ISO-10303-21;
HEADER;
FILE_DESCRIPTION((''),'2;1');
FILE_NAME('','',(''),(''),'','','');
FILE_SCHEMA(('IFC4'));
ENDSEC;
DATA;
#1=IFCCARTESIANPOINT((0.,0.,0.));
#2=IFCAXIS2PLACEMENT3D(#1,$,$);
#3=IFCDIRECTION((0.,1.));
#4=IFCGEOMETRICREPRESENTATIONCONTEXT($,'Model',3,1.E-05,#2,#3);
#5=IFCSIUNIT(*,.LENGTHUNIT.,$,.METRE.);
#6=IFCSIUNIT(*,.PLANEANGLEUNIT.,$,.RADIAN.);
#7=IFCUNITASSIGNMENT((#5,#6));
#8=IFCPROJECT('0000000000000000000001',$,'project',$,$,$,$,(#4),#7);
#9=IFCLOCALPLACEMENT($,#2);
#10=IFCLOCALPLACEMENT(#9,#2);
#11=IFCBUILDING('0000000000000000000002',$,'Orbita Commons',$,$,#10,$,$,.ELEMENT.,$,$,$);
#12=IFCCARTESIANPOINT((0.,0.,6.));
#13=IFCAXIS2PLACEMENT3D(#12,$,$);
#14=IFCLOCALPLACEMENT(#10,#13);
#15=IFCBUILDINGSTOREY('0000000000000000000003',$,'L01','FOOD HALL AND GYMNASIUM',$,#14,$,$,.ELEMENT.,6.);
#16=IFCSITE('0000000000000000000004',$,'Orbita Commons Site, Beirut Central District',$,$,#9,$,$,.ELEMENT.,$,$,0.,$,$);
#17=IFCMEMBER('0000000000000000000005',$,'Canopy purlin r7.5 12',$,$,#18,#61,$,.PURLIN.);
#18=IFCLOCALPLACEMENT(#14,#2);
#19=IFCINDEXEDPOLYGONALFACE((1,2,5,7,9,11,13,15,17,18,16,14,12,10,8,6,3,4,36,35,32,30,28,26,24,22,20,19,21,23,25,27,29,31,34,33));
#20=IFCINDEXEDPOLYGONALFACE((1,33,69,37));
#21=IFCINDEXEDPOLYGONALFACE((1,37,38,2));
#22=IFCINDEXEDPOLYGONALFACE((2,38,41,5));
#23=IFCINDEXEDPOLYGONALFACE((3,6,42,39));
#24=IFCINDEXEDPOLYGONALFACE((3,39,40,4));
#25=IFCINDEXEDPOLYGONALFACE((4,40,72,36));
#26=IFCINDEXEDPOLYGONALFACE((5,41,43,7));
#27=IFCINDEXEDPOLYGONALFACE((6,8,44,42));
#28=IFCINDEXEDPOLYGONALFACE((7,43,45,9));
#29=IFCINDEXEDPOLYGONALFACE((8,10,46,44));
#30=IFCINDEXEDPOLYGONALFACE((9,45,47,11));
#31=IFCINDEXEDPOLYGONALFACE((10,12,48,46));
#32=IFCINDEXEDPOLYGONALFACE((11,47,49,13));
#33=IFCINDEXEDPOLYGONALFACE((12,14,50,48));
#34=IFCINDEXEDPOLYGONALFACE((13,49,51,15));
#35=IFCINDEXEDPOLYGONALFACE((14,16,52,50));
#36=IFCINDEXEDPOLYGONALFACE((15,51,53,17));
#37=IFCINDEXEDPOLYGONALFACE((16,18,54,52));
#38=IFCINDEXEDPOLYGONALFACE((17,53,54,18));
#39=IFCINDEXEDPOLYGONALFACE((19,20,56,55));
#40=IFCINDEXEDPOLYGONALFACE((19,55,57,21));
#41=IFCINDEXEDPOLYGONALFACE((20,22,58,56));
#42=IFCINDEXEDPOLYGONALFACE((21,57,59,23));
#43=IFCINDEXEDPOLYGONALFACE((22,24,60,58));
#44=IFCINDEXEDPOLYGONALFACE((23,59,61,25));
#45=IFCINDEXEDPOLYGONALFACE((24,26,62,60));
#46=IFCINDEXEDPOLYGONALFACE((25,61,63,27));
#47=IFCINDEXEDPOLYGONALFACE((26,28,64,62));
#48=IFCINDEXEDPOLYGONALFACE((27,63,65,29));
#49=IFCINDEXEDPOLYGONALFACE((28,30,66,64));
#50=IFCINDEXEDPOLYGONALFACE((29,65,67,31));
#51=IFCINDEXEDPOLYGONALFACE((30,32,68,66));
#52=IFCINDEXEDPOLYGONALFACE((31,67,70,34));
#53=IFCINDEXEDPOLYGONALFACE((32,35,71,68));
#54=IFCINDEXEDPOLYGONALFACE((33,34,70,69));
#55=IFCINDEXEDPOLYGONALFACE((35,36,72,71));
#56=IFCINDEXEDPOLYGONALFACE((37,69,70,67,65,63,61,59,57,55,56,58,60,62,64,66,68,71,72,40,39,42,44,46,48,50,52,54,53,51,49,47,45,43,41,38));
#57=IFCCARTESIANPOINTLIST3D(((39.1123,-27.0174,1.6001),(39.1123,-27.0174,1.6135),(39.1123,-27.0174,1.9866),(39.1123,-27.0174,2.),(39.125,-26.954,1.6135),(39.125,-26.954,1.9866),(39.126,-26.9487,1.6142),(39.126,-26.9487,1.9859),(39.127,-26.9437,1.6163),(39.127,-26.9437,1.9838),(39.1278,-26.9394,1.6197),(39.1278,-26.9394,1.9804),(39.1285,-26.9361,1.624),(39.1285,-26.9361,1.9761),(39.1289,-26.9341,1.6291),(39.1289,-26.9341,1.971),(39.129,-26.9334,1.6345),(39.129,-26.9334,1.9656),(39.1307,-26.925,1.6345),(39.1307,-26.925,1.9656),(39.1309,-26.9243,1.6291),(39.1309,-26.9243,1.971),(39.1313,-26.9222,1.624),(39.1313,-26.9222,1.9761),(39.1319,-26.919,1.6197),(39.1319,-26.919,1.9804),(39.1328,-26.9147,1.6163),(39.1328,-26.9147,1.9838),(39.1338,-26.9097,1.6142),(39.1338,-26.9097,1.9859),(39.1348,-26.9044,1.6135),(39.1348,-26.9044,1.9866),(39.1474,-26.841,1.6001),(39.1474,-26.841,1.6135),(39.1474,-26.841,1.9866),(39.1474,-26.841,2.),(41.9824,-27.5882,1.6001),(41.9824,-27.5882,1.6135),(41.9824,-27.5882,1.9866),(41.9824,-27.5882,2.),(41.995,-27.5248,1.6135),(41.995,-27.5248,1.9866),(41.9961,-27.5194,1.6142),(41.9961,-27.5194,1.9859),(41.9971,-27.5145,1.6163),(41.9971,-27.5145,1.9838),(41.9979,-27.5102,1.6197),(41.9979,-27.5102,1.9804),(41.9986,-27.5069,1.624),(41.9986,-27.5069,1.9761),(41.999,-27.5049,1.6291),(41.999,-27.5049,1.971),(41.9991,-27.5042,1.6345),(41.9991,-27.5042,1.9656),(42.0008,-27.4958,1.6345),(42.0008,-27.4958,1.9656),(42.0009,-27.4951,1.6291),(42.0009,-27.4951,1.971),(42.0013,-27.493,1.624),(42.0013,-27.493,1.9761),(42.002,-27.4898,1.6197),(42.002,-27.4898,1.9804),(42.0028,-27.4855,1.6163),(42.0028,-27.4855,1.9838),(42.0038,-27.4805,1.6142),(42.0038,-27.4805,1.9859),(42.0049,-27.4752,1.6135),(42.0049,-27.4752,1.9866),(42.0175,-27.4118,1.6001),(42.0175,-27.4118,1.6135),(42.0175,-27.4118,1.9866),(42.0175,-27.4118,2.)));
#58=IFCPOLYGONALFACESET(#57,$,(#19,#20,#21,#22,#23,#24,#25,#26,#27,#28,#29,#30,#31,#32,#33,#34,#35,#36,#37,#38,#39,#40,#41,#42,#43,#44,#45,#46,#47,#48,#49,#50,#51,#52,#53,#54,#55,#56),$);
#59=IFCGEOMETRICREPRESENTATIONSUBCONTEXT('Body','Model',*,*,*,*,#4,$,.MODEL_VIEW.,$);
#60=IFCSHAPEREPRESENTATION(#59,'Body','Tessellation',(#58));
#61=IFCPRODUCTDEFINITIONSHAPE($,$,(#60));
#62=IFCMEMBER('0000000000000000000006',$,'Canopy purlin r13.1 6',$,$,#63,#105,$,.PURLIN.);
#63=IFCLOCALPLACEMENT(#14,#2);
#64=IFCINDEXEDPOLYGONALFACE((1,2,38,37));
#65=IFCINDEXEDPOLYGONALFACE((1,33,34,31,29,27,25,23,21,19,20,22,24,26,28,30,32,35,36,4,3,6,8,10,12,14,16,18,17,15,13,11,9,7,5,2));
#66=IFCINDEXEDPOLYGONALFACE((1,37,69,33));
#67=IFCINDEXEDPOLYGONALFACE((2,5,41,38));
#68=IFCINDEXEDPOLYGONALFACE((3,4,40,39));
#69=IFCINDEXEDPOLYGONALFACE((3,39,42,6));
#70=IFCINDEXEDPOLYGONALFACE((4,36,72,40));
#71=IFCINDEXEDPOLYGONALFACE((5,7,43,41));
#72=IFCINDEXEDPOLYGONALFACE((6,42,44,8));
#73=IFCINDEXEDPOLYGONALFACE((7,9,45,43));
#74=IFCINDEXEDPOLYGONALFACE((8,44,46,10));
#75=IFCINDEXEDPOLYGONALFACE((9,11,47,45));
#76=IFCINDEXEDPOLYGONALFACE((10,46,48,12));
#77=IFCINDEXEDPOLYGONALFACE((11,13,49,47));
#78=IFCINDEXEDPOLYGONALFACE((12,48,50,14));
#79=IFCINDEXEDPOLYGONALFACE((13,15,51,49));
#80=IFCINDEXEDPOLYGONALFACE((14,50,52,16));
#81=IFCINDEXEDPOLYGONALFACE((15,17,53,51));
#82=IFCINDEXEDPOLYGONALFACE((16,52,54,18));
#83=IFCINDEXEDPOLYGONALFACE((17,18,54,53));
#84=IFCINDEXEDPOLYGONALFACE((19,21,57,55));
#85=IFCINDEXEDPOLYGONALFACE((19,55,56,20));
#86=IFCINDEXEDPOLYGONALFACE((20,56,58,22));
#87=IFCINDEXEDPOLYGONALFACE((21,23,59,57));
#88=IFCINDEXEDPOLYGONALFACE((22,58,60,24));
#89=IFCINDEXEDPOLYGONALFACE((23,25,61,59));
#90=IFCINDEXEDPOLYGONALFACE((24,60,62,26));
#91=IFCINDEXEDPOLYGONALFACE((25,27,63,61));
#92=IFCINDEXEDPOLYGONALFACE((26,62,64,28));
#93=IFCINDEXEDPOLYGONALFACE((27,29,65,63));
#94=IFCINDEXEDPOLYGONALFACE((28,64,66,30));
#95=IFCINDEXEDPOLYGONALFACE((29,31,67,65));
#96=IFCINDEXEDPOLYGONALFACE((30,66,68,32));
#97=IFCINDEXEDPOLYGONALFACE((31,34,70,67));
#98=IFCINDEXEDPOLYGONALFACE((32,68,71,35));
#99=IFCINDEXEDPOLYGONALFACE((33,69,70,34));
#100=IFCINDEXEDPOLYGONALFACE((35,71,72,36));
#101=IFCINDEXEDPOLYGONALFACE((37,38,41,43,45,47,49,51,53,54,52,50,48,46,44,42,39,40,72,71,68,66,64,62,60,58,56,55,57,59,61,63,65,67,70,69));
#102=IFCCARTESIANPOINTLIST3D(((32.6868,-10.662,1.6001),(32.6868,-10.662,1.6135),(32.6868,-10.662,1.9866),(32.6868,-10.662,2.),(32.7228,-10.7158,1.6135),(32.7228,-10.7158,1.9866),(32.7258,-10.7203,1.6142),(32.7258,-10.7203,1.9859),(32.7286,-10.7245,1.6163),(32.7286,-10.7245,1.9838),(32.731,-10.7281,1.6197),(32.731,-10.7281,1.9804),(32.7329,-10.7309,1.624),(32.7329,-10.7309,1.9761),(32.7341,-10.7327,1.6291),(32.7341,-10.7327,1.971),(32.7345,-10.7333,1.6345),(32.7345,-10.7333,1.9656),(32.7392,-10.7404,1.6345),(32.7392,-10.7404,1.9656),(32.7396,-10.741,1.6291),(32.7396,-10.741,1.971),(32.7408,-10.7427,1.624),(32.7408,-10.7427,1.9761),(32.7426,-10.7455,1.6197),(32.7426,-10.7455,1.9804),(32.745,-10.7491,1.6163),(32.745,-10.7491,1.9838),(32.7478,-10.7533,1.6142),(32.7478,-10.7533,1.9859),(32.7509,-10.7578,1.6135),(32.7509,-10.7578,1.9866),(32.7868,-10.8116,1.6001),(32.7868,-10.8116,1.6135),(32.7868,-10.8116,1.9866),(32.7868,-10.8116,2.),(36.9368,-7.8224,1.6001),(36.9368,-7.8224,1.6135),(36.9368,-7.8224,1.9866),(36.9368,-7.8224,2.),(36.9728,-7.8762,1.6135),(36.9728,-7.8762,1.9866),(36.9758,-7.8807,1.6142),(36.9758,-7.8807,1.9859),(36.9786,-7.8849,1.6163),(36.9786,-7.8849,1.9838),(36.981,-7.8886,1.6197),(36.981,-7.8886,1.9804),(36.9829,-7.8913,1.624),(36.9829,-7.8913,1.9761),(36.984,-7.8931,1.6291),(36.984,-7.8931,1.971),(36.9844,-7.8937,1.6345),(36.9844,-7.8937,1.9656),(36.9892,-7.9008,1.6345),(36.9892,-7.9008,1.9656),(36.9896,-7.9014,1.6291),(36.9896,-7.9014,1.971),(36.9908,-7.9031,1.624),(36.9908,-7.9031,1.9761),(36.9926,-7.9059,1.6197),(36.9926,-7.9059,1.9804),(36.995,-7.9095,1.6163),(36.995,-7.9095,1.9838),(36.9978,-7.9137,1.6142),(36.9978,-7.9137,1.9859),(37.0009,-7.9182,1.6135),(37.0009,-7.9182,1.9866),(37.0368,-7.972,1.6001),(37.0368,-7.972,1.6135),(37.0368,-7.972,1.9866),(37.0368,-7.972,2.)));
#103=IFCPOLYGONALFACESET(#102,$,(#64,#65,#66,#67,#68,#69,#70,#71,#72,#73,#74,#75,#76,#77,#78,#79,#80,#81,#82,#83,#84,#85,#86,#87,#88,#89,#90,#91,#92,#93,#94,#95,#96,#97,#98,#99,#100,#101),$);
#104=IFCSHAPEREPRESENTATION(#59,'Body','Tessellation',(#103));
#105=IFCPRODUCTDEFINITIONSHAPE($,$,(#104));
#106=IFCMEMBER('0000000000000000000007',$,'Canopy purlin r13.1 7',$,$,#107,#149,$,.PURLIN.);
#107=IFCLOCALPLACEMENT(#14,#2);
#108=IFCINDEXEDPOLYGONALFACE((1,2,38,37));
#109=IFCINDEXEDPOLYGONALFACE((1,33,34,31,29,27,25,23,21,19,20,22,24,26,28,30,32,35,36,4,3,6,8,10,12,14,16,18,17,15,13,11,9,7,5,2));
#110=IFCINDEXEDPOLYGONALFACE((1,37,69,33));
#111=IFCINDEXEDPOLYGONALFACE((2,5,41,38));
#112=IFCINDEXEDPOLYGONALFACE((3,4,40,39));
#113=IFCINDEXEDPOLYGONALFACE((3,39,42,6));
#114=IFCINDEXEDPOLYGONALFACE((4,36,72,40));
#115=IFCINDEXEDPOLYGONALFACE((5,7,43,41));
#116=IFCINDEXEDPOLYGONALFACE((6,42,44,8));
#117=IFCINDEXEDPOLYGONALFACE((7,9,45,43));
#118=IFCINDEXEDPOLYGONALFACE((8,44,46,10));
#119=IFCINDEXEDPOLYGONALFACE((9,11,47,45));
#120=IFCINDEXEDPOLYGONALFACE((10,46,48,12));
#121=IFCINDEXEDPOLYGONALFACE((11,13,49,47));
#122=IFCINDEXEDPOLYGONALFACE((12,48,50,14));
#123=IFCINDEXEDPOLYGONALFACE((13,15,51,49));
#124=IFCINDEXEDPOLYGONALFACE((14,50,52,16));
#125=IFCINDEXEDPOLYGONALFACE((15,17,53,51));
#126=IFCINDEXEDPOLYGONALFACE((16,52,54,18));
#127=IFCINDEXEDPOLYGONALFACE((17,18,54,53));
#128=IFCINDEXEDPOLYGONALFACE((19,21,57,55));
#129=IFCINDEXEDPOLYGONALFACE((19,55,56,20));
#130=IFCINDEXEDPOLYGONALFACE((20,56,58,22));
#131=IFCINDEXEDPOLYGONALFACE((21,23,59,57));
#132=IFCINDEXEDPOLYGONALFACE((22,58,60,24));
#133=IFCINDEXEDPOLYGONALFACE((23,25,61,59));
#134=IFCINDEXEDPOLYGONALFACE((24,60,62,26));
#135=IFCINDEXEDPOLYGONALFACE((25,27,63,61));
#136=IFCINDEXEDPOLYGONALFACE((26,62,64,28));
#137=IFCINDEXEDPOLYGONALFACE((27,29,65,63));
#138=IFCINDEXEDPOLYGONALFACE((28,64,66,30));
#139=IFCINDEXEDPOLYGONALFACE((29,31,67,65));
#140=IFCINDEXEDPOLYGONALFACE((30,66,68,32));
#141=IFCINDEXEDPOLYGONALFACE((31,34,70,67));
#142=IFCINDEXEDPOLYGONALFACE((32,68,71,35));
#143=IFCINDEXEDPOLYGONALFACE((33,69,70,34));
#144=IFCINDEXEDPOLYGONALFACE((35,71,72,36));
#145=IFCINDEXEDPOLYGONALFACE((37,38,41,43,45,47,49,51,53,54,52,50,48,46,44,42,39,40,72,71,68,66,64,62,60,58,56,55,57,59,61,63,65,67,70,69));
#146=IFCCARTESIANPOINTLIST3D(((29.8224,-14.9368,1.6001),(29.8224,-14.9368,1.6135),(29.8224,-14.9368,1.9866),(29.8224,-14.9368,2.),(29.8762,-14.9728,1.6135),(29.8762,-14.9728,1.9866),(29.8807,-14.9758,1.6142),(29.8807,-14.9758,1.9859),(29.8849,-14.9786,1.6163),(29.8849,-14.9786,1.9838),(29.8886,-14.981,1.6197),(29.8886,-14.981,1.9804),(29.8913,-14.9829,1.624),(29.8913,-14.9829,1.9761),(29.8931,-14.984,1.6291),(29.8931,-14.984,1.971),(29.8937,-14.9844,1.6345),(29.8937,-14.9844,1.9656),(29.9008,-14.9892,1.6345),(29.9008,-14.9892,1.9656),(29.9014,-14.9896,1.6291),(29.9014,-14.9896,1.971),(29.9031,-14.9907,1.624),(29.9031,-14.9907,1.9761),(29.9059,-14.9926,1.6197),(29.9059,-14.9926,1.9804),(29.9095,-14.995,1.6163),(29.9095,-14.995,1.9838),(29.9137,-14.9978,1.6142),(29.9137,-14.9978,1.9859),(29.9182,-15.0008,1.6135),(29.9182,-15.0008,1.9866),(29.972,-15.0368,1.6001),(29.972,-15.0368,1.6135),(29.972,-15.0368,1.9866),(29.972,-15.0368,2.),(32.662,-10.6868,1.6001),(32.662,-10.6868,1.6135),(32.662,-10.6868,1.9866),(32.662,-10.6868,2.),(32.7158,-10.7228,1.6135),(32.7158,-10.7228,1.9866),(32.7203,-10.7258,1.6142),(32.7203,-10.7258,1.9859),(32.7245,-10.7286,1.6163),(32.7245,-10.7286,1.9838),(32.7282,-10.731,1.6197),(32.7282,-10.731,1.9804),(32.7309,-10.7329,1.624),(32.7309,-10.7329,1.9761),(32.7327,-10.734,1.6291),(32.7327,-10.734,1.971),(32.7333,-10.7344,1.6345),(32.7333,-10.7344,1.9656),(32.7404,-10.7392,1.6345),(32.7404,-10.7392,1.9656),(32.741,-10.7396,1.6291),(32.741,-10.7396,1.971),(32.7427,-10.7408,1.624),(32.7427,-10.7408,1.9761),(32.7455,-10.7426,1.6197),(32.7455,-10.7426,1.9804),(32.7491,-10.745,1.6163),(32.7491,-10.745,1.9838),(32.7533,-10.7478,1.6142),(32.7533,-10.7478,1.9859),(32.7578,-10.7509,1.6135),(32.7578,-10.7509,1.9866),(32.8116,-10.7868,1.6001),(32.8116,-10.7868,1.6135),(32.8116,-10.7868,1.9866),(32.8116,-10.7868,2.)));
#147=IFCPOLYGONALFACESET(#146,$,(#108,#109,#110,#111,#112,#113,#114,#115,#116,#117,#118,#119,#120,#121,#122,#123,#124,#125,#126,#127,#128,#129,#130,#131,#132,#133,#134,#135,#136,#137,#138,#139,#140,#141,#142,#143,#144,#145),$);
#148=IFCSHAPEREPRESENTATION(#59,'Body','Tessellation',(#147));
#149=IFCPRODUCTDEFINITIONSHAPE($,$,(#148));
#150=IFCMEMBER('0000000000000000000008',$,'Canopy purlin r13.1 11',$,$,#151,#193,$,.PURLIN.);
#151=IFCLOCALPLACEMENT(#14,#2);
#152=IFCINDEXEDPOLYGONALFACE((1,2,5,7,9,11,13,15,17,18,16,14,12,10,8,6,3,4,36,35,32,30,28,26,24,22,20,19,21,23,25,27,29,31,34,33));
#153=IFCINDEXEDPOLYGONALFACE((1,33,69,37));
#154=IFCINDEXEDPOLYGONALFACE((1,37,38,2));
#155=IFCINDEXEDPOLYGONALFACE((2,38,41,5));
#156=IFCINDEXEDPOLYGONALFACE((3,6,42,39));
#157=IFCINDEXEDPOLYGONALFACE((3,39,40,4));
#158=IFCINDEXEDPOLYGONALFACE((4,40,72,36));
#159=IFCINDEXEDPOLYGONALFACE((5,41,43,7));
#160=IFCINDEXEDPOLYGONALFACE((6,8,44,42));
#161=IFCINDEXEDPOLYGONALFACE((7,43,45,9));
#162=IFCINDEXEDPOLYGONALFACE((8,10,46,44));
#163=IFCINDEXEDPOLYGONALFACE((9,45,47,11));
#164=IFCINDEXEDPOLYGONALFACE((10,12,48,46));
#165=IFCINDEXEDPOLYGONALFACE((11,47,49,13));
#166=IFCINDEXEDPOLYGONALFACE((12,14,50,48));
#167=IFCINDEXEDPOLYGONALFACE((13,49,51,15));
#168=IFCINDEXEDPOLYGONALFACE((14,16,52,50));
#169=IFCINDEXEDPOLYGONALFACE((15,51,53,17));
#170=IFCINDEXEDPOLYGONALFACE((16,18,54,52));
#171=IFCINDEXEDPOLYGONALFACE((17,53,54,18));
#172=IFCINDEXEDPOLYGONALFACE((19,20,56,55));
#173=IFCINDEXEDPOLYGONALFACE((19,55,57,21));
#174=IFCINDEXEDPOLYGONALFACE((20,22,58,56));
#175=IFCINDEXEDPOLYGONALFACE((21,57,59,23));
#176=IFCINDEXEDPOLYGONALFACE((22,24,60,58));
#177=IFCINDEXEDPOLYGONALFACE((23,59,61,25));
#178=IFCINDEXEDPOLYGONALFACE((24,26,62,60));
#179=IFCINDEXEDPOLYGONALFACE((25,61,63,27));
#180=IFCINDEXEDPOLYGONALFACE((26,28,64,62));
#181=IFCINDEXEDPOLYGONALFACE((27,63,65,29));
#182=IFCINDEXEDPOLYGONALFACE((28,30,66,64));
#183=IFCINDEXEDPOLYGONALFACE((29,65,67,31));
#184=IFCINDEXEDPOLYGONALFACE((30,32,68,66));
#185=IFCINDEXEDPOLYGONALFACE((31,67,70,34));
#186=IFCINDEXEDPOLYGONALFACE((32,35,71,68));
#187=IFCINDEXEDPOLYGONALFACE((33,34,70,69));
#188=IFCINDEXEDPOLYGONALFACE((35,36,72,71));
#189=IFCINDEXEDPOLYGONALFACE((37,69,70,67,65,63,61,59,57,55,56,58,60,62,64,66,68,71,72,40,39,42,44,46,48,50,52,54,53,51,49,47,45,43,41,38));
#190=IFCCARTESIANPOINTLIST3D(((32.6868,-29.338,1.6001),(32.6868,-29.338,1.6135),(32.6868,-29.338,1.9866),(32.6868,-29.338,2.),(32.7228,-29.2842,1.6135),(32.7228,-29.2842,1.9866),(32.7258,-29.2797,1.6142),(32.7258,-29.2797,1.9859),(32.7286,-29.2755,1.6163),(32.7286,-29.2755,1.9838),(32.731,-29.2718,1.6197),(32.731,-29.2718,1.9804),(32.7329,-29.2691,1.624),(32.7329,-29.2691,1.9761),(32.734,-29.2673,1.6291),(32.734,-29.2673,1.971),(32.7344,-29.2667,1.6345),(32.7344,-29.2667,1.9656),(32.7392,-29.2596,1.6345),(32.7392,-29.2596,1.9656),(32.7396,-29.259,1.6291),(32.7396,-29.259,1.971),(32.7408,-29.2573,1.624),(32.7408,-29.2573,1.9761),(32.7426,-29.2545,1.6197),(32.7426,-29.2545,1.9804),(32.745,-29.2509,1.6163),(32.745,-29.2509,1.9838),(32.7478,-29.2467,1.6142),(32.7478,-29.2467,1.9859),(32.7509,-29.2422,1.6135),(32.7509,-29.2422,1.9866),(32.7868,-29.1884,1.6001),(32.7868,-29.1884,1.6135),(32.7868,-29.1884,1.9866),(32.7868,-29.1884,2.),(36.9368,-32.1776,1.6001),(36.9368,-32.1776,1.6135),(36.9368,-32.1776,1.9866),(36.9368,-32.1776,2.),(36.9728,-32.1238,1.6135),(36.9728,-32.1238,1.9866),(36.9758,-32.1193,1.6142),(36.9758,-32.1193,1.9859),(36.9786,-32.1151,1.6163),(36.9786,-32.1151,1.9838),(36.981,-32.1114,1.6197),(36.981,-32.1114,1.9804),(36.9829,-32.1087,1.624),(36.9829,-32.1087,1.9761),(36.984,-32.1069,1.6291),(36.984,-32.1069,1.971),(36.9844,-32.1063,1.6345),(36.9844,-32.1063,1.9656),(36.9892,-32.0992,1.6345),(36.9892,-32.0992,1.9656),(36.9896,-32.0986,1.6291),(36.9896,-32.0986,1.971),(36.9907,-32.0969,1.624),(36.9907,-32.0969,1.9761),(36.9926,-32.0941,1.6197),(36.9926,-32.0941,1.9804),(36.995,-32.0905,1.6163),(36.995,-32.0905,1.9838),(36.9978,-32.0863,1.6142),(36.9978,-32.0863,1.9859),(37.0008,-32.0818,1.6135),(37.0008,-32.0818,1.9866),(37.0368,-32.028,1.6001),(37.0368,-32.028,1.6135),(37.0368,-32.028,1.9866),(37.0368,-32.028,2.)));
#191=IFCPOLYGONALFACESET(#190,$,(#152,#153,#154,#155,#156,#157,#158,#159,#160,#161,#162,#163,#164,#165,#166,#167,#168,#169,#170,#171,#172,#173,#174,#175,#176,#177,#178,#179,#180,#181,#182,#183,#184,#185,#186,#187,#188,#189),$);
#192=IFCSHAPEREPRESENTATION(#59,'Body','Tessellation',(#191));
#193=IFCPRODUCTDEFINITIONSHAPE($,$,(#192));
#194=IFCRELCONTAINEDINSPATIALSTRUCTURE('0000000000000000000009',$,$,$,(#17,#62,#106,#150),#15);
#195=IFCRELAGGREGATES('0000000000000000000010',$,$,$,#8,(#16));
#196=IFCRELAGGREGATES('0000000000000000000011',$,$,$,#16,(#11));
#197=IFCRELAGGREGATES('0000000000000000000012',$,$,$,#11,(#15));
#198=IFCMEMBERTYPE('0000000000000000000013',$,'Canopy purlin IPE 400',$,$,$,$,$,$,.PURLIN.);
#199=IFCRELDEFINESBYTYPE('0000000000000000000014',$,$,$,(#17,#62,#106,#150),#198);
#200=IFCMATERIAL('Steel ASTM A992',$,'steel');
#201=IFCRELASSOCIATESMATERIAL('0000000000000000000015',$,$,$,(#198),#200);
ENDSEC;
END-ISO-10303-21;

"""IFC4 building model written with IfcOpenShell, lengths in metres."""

from ifc_helpers import new_model, si_unit, direction, frame, origin, origin_2d, place, context, subcontext, project, spatial, i_section, extrude, material, material_profile, profile_set, type_object, element, save


model = new_model("IFC4")

# Units and contexts
model_context = context("Model", 3, precision=1e-05, world=origin(), true_north=direction((0.0, 1.0)))
body_context = subcontext(model_context, "Body", "Model", "MODEL_VIEW")
ifc_project = project(units=[si_unit("LENGTHUNIT", "METRE"), si_unit("PLANEANGLEUNIT", "RADIAN")], contexts=[model_context])

# Site, building, storey
site_placement = place(None, origin())
site = spatial("IfcSite", under=ifc_project, at=site_placement, Name="Orbita Commons Site, Beirut Central District", CompositionType="ELEMENT", RefElevation=0.0)
building_placement = place(site_placement, origin())
building = spatial("IfcBuilding", under=site, at=building_placement, Name="Orbita Commons", CompositionType="ELEMENT")
storey_placement = place(building_placement, frame((0.0, 0.0, 6.0)))
storey = spatial("IfcBuildingStorey", under=building, at=storey_placement, Name="L01", Description="FOOD HALL AND GYMNASIUM", CompositionType="ELEMENT", Elevation=6.0)

# Members
ifc_material_1 = material(Name="Steel ASTM A992", Category="steel")
ifc_material_profile_1 = material_profile(ifc_material_1, i_section(OverallWidth=0.1799, OverallDepth=0.3999, WebThickness=0.0085, FlangeThickness=0.0134, FilletRadius=0.021, at=origin_2d()), Name="IPE 400")
ifc_profile_set_1 = profile_set([ifc_material_profile_1], Name="Steel ASTM A992")
member_type_1 = type_object("IfcMemberType", Name="Canopy purlin IPE 400", PredefinedType="PURLIN", material=ifc_profile_set_1)
member_1_placement = place(storey_placement, frame((39.1299, -26.9292, 1.8), z_axis=(0.980792, -0.195057, 0.0), x_axis=(0.195057, 0.980792, 0.0)))
element("IfcMember", 1, at=member_1_placement, inside=storey, type_object=member_type_1, Name="Canopy purlin r7.5 12", PredefinedType="PURLIN", context=body_context, shape_type="SweptSolid", body=[
    extrude(i_section(OverallWidth=0.1799, OverallDepth=0.3999, WebThickness=0.0085, FlangeThickness=0.0134, FilletRadius=0.021, at=origin_2d()), origin(), (0.0, 0.0, 1.0), 2.9263),
])
for number, where, z_axis, x_axis, name in (
    (2, (36.9868, -7.8972, 1.8), (-0.831484, -0.555549, 0.0), (0.555549, -0.831484, 0.0), "Canopy purlin r13.1 6"),
    (3, (32.7368, -10.7368, 1.8), (-0.555549, -0.831484, 0.0), (0.831484, -0.555549, 0.0), "Canopy purlin r13.1 7"),
    (4, (32.7368, -29.2632, 1.8), (0.831484, -0.555549, 0.0), (0.555549, 0.831484, 0.0), "Canopy purlin r13.1 11"),
):
    element("IfcMember", number, at=place(storey_placement, frame(where, z_axis=z_axis, x_axis=x_axis)), inside=storey, type_object=member_type_1, Name=name, PredefinedType="PURLIN", context=body_context, shape_type="SweptSolid", body=[
        extrude(i_section(OverallWidth=0.1799, OverallDepth=0.3999, WebThickness=0.0085, FlangeThickness=0.0134, FilletRadius=0.021, at=origin_2d()), origin(), (0.0, 0.0, 1.0), 5.1113),
    ])

save(model, "model.ifc")
